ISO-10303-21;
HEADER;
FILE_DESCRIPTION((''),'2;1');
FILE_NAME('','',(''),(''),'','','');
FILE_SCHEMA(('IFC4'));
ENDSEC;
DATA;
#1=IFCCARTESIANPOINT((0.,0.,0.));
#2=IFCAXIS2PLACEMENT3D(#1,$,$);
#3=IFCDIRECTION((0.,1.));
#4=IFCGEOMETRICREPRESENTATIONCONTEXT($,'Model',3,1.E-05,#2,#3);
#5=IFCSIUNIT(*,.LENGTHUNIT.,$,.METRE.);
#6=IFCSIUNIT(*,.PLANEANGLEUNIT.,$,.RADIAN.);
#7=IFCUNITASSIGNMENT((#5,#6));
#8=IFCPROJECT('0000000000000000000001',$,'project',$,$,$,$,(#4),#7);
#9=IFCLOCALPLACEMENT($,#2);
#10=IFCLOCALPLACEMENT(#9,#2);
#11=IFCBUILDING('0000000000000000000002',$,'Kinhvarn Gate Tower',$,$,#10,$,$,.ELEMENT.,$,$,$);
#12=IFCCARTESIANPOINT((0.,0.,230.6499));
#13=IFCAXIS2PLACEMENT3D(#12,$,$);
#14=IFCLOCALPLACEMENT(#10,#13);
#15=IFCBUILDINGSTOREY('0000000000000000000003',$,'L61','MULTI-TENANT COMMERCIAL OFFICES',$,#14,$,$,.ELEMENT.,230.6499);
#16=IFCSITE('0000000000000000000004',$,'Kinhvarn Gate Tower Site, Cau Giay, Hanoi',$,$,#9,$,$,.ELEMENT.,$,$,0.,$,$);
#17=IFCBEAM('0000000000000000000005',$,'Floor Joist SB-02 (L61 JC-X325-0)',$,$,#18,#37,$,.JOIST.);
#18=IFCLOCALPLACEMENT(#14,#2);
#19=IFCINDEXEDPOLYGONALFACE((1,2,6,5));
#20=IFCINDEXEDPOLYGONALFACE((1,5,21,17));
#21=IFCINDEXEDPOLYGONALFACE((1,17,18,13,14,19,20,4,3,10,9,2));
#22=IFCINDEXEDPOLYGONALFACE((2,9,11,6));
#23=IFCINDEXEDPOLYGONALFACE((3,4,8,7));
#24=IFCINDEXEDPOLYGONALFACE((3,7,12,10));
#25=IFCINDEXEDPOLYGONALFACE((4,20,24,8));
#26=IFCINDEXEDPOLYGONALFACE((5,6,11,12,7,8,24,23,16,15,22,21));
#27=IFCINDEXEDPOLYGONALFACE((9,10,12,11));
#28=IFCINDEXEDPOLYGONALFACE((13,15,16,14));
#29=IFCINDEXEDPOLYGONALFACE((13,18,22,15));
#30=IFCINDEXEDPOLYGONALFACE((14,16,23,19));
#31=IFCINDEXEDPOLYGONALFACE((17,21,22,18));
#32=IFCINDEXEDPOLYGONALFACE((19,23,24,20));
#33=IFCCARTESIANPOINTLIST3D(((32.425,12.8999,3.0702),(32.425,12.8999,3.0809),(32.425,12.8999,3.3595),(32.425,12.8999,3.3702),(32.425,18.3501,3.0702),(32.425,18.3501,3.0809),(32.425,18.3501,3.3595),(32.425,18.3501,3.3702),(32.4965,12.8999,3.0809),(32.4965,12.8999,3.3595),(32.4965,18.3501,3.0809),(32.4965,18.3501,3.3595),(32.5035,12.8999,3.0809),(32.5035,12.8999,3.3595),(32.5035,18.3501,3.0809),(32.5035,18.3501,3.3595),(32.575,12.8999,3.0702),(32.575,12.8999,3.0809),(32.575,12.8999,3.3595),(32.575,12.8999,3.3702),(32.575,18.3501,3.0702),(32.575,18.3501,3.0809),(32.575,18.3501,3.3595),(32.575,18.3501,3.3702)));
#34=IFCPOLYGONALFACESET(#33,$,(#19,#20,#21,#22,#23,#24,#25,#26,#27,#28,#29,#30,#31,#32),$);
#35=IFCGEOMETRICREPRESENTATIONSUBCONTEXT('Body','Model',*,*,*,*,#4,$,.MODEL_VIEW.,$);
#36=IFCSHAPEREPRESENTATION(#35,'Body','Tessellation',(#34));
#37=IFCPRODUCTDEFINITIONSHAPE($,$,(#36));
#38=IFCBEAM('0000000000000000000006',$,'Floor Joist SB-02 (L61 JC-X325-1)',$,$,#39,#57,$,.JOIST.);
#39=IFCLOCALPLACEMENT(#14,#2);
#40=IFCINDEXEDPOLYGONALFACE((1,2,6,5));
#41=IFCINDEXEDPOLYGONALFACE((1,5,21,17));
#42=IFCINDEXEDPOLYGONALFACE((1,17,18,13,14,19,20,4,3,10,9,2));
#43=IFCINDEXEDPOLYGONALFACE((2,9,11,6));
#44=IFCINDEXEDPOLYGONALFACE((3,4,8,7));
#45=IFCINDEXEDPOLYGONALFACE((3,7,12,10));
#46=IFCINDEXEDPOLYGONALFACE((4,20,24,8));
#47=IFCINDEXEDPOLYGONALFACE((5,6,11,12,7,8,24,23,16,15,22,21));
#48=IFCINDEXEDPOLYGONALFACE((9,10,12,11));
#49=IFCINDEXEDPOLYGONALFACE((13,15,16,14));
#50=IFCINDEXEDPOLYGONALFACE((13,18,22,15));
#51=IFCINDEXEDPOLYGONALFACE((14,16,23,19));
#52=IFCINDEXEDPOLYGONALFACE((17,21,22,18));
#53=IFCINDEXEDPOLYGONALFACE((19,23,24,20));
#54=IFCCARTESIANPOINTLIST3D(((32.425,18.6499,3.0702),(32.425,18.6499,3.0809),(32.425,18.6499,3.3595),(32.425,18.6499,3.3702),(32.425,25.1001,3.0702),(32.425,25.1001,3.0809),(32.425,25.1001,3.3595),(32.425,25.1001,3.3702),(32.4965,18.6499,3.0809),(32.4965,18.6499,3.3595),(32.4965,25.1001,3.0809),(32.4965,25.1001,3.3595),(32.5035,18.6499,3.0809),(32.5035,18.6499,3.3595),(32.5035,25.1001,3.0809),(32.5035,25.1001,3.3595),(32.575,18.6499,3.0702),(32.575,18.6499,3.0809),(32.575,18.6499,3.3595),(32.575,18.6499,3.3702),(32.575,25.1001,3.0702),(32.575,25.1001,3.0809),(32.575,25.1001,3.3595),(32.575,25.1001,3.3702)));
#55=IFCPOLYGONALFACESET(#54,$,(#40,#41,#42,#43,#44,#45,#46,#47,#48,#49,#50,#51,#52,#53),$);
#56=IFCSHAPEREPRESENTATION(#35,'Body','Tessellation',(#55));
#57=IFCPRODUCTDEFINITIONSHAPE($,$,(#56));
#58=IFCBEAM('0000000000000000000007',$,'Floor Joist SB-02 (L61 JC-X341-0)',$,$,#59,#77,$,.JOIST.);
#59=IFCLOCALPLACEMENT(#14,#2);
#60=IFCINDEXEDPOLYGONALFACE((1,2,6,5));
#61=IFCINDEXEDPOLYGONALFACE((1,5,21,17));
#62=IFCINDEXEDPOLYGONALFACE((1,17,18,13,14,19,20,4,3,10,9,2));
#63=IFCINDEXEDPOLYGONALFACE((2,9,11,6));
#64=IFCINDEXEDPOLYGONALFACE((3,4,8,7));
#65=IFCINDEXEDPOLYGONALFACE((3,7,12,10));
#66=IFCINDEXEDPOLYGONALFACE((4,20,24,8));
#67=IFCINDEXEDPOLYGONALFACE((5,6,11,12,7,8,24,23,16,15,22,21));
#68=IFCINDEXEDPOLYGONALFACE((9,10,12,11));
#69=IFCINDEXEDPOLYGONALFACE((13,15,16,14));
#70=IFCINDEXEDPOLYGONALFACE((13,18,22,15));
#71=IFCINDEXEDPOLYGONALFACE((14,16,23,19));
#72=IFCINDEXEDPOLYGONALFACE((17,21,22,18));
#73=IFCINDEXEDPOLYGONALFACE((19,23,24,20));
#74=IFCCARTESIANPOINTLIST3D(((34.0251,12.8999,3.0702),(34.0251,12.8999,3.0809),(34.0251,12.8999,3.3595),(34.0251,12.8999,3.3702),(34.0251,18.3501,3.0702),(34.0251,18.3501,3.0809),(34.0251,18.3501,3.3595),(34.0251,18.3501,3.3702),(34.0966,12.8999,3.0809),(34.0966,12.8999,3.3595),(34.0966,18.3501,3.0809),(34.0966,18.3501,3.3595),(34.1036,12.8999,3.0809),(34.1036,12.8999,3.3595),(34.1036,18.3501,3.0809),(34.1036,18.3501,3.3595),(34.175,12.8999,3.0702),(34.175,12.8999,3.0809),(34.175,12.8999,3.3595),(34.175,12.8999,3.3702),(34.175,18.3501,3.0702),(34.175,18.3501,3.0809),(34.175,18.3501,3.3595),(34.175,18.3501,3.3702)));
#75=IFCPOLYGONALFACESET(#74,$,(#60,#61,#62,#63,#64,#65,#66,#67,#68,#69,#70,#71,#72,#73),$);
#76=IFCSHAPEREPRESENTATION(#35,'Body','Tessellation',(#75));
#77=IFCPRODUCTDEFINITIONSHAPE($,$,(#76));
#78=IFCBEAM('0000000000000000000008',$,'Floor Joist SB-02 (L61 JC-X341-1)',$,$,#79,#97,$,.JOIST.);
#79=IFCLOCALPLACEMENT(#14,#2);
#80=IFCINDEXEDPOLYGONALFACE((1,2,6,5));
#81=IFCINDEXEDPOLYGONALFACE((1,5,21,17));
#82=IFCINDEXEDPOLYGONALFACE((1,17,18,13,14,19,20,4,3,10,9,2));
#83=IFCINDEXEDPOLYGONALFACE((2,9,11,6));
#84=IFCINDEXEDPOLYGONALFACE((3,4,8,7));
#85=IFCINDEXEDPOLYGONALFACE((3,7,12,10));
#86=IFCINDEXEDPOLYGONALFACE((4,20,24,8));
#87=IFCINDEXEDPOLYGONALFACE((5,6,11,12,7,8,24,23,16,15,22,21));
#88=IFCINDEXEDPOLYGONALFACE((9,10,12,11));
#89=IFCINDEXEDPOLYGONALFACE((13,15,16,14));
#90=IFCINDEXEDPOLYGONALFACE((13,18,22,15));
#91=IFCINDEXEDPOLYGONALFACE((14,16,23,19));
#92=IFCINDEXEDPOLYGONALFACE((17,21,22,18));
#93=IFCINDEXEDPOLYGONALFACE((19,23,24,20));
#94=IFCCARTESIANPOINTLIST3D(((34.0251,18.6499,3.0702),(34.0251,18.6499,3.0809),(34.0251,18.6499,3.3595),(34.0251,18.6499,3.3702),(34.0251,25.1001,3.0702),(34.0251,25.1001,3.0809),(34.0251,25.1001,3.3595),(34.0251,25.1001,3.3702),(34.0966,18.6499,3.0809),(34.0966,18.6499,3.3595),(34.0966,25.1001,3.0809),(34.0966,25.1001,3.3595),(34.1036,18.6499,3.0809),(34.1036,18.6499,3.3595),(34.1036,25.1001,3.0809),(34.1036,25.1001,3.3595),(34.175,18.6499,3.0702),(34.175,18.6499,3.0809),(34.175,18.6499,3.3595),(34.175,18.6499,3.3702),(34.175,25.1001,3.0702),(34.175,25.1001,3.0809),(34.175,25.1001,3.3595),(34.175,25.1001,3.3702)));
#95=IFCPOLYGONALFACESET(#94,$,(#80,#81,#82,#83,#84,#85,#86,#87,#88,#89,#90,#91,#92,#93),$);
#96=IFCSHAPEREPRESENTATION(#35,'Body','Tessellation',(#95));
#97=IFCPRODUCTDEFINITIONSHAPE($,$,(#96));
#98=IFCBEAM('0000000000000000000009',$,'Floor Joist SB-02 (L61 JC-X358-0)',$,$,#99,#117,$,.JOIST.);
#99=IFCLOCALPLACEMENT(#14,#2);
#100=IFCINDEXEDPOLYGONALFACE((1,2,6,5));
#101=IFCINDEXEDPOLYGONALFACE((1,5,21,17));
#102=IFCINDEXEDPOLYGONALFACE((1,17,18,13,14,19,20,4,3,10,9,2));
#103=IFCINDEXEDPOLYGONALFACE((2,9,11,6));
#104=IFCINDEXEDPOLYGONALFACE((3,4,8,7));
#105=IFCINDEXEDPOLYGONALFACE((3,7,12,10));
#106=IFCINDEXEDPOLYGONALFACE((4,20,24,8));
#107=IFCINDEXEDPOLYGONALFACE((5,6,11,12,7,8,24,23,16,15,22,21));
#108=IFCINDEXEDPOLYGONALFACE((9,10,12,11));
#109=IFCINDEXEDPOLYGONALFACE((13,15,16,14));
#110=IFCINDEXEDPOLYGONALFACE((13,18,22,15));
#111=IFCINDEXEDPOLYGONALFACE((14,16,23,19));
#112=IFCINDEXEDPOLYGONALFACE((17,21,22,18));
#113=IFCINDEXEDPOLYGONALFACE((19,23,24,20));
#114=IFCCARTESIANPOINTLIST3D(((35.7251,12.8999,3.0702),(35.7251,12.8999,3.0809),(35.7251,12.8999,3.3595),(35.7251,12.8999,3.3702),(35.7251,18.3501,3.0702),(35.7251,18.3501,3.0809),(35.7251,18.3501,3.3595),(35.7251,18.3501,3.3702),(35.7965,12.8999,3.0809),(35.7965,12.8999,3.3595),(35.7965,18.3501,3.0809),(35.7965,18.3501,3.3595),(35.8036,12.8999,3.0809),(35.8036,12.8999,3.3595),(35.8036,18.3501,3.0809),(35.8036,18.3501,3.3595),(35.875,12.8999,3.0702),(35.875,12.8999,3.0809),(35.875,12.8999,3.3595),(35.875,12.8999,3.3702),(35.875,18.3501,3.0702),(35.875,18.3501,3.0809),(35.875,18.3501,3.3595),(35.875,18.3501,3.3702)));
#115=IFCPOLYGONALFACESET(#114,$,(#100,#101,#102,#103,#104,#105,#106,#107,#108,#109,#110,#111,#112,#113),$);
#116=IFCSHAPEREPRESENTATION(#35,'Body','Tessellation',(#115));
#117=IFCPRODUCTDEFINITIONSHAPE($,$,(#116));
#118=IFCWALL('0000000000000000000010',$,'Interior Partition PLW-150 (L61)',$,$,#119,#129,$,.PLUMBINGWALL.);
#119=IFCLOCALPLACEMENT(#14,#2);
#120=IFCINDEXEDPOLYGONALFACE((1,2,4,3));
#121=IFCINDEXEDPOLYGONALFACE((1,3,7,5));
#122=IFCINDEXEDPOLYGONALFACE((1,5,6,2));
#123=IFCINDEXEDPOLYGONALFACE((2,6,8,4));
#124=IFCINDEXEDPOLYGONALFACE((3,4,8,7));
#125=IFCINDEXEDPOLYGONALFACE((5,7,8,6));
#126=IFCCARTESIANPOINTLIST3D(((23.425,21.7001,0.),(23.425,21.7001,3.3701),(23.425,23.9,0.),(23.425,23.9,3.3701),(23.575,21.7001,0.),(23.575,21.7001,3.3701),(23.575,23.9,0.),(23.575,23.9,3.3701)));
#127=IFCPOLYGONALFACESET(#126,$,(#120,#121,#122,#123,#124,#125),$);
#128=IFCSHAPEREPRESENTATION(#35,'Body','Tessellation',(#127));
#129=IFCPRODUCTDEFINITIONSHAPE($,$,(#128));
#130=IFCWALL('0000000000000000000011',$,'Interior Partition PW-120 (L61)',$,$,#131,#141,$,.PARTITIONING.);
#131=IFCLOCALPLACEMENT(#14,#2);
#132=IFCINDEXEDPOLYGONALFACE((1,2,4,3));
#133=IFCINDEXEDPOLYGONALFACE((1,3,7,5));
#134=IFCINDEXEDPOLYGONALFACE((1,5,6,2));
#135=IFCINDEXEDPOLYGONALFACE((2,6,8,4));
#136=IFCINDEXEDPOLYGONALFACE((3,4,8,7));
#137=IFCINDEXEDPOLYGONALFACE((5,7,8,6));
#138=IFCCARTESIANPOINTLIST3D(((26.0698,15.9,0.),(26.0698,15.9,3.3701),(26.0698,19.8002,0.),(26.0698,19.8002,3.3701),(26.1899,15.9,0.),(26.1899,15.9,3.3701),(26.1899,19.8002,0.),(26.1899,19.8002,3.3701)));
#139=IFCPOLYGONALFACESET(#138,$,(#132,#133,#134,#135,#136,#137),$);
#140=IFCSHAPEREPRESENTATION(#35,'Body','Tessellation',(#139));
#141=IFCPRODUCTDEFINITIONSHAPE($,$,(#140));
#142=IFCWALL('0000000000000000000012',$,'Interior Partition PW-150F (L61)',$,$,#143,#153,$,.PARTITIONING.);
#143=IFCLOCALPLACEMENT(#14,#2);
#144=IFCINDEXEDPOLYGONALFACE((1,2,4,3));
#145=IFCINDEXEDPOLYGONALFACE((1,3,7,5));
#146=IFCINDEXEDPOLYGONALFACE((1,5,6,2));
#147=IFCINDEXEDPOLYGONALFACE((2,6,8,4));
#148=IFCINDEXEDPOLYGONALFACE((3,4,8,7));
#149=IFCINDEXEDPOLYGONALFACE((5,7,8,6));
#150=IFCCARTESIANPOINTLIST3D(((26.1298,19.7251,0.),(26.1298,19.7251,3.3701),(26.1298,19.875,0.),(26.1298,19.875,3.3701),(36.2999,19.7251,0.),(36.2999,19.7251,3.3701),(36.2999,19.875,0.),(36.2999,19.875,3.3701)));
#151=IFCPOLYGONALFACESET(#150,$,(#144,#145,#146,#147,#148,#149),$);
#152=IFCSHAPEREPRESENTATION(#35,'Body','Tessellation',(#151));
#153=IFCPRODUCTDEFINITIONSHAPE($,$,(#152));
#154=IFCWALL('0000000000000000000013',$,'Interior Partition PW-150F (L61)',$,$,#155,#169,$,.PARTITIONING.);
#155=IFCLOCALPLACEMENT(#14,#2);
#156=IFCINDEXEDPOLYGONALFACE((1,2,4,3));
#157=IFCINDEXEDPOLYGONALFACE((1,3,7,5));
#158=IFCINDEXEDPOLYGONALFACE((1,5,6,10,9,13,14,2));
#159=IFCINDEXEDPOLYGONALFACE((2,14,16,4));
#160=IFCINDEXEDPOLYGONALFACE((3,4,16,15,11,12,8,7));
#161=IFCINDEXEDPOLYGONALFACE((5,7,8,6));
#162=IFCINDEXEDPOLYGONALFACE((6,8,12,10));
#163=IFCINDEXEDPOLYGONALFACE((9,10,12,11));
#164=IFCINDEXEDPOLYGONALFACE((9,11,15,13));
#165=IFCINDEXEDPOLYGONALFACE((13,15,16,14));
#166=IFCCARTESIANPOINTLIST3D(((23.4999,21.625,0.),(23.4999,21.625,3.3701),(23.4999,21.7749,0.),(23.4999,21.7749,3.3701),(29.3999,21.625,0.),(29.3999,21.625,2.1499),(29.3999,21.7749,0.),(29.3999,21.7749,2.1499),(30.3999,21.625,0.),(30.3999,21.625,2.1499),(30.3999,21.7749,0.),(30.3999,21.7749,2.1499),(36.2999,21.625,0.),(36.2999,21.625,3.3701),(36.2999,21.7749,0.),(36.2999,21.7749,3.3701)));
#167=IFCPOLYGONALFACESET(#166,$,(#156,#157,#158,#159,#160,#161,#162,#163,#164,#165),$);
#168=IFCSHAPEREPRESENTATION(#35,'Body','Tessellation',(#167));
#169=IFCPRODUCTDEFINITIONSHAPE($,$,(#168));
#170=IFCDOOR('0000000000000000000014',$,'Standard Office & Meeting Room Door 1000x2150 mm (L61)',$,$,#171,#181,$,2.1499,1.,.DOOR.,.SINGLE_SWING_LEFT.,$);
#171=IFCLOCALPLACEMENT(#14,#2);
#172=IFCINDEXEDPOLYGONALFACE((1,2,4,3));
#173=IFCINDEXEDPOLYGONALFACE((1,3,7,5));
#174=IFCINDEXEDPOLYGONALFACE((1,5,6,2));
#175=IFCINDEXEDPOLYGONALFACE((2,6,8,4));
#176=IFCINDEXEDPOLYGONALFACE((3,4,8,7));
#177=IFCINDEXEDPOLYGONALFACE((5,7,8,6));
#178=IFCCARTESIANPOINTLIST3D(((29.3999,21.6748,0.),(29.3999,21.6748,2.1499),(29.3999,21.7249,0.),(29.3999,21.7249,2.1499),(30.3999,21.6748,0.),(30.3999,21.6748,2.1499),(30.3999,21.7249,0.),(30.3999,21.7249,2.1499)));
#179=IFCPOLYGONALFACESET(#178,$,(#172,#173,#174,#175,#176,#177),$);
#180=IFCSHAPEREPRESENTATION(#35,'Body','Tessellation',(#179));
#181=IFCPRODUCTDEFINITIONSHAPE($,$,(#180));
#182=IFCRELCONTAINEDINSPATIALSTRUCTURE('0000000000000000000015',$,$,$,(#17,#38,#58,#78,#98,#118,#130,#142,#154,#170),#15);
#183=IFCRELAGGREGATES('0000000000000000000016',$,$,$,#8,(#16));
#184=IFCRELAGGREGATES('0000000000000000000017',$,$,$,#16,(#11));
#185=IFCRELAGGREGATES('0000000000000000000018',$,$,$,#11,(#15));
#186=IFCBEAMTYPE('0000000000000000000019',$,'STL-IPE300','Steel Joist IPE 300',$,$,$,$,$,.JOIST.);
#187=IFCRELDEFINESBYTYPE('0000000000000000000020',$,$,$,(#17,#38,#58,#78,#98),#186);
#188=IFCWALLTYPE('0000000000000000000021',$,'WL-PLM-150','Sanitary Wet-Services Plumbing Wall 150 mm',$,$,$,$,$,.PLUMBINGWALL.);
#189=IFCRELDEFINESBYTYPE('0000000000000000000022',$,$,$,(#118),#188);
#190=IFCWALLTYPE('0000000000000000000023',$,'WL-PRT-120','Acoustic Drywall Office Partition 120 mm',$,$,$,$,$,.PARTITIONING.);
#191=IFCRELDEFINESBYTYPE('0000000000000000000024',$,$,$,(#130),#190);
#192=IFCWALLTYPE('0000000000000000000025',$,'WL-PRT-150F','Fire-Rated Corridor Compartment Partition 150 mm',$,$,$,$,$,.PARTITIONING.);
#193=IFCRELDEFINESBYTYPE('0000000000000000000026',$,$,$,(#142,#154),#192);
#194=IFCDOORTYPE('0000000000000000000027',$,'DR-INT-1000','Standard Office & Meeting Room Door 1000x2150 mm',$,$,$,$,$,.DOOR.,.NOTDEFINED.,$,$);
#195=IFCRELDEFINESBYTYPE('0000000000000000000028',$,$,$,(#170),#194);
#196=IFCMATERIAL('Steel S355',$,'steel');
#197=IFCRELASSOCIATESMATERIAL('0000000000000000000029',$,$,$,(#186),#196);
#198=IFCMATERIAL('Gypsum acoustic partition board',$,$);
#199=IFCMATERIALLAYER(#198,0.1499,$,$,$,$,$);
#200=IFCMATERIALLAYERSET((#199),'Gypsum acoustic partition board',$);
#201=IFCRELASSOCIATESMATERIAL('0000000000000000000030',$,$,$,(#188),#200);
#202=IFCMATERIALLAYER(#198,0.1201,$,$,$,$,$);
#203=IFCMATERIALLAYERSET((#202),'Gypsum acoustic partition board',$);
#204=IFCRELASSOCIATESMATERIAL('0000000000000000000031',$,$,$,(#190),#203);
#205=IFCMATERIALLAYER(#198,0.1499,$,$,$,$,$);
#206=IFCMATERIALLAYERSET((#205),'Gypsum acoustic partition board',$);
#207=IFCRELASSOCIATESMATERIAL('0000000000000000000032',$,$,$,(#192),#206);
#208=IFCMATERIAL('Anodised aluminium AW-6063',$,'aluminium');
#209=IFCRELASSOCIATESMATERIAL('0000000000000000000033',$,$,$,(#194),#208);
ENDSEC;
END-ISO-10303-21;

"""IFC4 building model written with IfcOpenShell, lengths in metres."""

from ifc_helpers import new_model, si_unit, direction, frame, frame_2d, origin, origin_2d, place, context, subcontext, project, spatial, rectangle, i_section, extrude, material, layer, layer_set, material_profile, profile_set, type_object, element, fill, save


model = new_model("IFC4")

# Units and contexts
model_context = context("Model", 3, precision=1e-05, world=origin(), true_north=direction((0.0, 1.0)))
body_context = subcontext(model_context, "Body", "Model", "MODEL_VIEW")
ifc_project = project(units=[si_unit("LENGTHUNIT", "METRE"), si_unit("PLANEANGLEUNIT", "RADIAN")], contexts=[model_context])

# Site, building, storey
site_placement = place(None, origin())
site = spatial("IfcSite", under=ifc_project, at=site_placement, Name="Kinhvarn Gate Tower Site, Cau Giay, Hanoi", CompositionType="ELEMENT", RefElevation=0.0)
building_placement = place(site_placement, origin())
building = spatial("IfcBuilding", under=site, at=building_placement, Name="Kinhvarn Gate Tower", CompositionType="ELEMENT")
storey_placement = place(building_placement, frame((0.0, 0.0, 230.6499)))
storey = spatial("IfcBuildingStorey", under=building, at=storey_placement, Name="L61", Description="MULTI-TENANT COMMERCIAL OFFICES", CompositionType="ELEMENT", Elevation=230.6499)

# Beams
ifc_material_1 = material(Name="Steel S355", Category="steel")
ifc_material_profile = material_profile(ifc_material_1, i_section(OverallWidth=0.1499, OverallDepth=0.3, WebThickness=0.0071, FlangeThickness=0.0107, at=origin_2d()), Name="IPE 300")
ifc_profile_set = profile_set([ifc_material_profile], Name="Steel S355")
beam_type = type_object("IfcBeamType", Name="STL-IPE300", Description="Steel Joist IPE 300", PredefinedType="JOIST", material=ifc_profile_set)
beam_1_placement = place(storey_placement, frame((32.5, 12.8999, 3.2202), z_axis=(0.0, 1.0, 0.0), x_axis=(-1.0, 0.0, 0.0)))
element("IfcBeam", 1, at=beam_1_placement, inside=storey, type_object=beam_type, Name="Floor Joist SB-02 (L61 JC-X325-0)", PredefinedType="JOIST", context=body_context, shape_type="SweptSolid", body=[
    extrude(i_section(OverallWidth=0.1499, OverallDepth=0.3, WebThickness=0.0071, FlangeThickness=0.0107, at=origin_2d()), origin(), (0.0, 0.0, 1.0), 5.4502),
])
beam_2_placement = place(storey_placement, frame((32.5, 18.6499, 3.2202), z_axis=(0.0, 1.0, 0.0), x_axis=(-1.0, 0.0, 0.0)))
element("IfcBeam", 2, at=beam_2_placement, inside=storey, type_object=beam_type, Name="Floor Joist SB-02 (L61 JC-X325-1)", PredefinedType="JOIST", context=body_context, shape_type="SweptSolid", body=[
    extrude(i_section(OverallWidth=0.1499, OverallDepth=0.3, WebThickness=0.0071, FlangeThickness=0.0107, at=origin_2d()), origin(), (0.0, 0.0, 1.0), 6.4502),
])
beam_3_placement = place(storey_placement, frame((34.1001, 12.8999, 3.2202), z_axis=(0.0, 1.0, 0.0), x_axis=(-1.0, 0.0, 0.0)))
element("IfcBeam", 3, at=beam_3_placement, inside=storey, type_object=beam_type, Name="Floor Joist SB-02 (L61 JC-X341-0)", PredefinedType="JOIST", context=body_context, shape_type="SweptSolid", body=[
    extrude(i_section(OverallWidth=0.1499, OverallDepth=0.3, WebThickness=0.0071, FlangeThickness=0.0107, at=origin_2d()), origin(), (0.0, 0.0, 1.0), 5.4502),
])
beam_4_placement = place(storey_placement, frame((34.1001, 18.6499, 3.2202), z_axis=(0.0, 1.0, 0.0), x_axis=(-1.0, 0.0, 0.0)))
element("IfcBeam", 4, at=beam_4_placement, inside=storey, type_object=beam_type, Name="Floor Joist SB-02 (L61 JC-X341-1)", PredefinedType="JOIST", context=body_context, shape_type="SweptSolid", body=[
    extrude(i_section(OverallWidth=0.1499, OverallDepth=0.3, WebThickness=0.0071, FlangeThickness=0.0107, at=origin_2d()), origin(), (0.0, 0.0, 1.0), 6.4502),
])
beam_5_placement = place(storey_placement, frame((35.8, 12.8999, 3.2202), z_axis=(0.0, 1.0, 0.0), x_axis=(-1.0, 0.0, 0.0)))
element("IfcBeam", 5, at=beam_5_placement, inside=storey, type_object=beam_type, Name="Floor Joist SB-02 (L61 JC-X358-0)", PredefinedType="JOIST", context=body_context, shape_type="SweptSolid", body=[
    extrude(i_section(OverallWidth=0.1499, OverallDepth=0.3, WebThickness=0.0071, FlangeThickness=0.0107, at=origin_2d()), origin(), (0.0, 0.0, 1.0), 5.4502),
])

# Walls
ifc_material_2 = material(Name="Gypsum acoustic partition board")
ifc_layer_1 = layer(ifc_material_2, 0.1499)
ifc_layer_set_1 = layer_set([ifc_layer_1], Name="Gypsum acoustic partition board")
wall_type_1 = type_object("IfcWallType", Name="WL-PLM-150", Description="Sanitary Wet-Services Plumbing Wall 150 mm", PredefinedType="PLUMBINGWALL", material=ifc_layer_set_1)
wall_1_placement = place(storey_placement, frame((23.5, 21.7, 0.0), z_axis=(0.0, 0.0, 1.0), x_axis=(0.0, 1.0, 0.0)))
element("IfcWall", 6, at=wall_1_placement, inside=storey, type_object=wall_type_1, Name="Interior Partition PLW-150 (L61)", PredefinedType="PLUMBINGWALL", context=body_context, shape_type="SweptSolid", body=[
    extrude(rectangle(XDim=2.2, YDim=0.1499, at=frame_2d((1.1001, 0.0))), origin(), (0.0, 0.0, 1.0), 3.3701),
])
ifc_layer_2 = layer(ifc_material_2, 0.1201)
ifc_layer_set_2 = layer_set([ifc_layer_2], Name="Gypsum acoustic partition board")
wall_type_2 = type_object("IfcWallType", Name="WL-PRT-120", Description="Acoustic Drywall Office Partition 120 mm", PredefinedType="PARTITIONING", material=ifc_layer_set_2)
wall_2_placement = place(storey_placement, frame((26.1299, 15.8999, 0.0), z_axis=(0.0, 0.0, 1.0), x_axis=(0.0, 1.0, 0.0)))
element("IfcWall", 7, at=wall_2_placement, inside=storey, type_object=wall_type_2, Name="Interior Partition PW-120 (L61)", PredefinedType="PARTITIONING", context=body_context, shape_type="SweptSolid", body=[
    extrude(rectangle(XDim=3.9001, YDim=0.1201, at=frame_2d((1.9502, 0.0))), origin(), (0.0, 0.0, 1.0), 3.3701),
])
ifc_layer_3 = layer(ifc_material_2, 0.1499)
ifc_layer_set_3 = layer_set([ifc_layer_3], Name="Gypsum acoustic partition board")
wall_type_3 = type_object("IfcWallType", Name="WL-PRT-150F", Description="Fire-Rated Corridor Compartment Partition 150 mm", PredefinedType="PARTITIONING", material=ifc_layer_set_3)
wall_3_placement = place(storey_placement, frame((26.1299, 19.8, 0.0), z_axis=(0.0, 0.0, 1.0), x_axis=(1.0, 0.0, 0.0)))
element("IfcWall", 8, at=wall_3_placement, inside=storey, type_object=wall_type_3, Name="Interior Partition PW-150F (L61)", PredefinedType="PARTITIONING", context=body_context, shape_type="SweptSolid", body=[
    extrude(rectangle(XDim=10.1702, YDim=0.1499, at=frame_2d((5.085, 0.0))), origin(), (0.0, 0.0, 1.0), 3.3701),
])

# Wall, opening, door
wall_4_placement = place(storey_placement, frame((23.5, 21.7, 0.0), z_axis=(0.0, 0.0, 1.0), x_axis=(1.0, 0.0, 0.0)))
wall_4 = element("IfcWall", 9, at=wall_4_placement, inside=storey, type_object=wall_type_3, Name="Interior Partition PW-150F (L61)", PredefinedType="PARTITIONING", context=body_context, shape_type="SweptSolid", body=[
    extrude(rectangle(XDim=12.8, YDim=0.1499, at=frame_2d((6.3999, 0.0))), origin(), (0.0, 0.0, 1.0), 3.3701),
])
opening_1_placement = place(wall_4_placement, frame((5.8999, 0.0, 0.0)))
opening_1 = element("IfcOpeningElement", 10, at=opening_1_placement, cuts=wall_4, PredefinedType="OPENING", context=body_context, shape_type="SweptSolid", body=[
    extrude(rectangle(XDim=1.0, YDim=2.1499, at=frame_2d((0.5, 1.075))), frame((0.0, 0.085, 0.0), z_axis=(0.0, -1.0, 0.0), x_axis=(1.0, 0.0, 0.0)), (0.0, 0.0, 1.0), 0.1699),
])
ifc_material_3 = material(Name="Anodised aluminium AW-6063", Category="aluminium")
door_type_1 = type_object("IfcDoorType", Name="DR-INT-1000", Description="Standard Office & Meeting Room Door 1000x2150 mm", OperationType="NOTDEFINED", PredefinedType="DOOR", material=ifc_material_3)
door_1_placement = place(opening_1_placement, origin())
door_1 = element("IfcDoor", 11, at=door_1_placement, inside=storey, type_object=door_type_1, Name="Standard Office & Meeting Room Door 1000x2150 mm (L61)", OperationType="SINGLE_SWING_LEFT", OverallHeight=2.1499, OverallWidth=1.0, PredefinedType="DOOR", context=body_context, shape_type="SweptSolid", body=[
    extrude(rectangle(XDim=1.0, YDim=2.1499, at=frame_2d((0.5, 1.075))), frame((0.0, 0.0249, 0.0), z_axis=(0.0, -1.0, 0.0), x_axis=(1.0, 0.0, 0.0)), (0.0, 0.0, 1.0), 0.05),
])
fill(opening_1, door_1)

save(model, "model.ifc")
